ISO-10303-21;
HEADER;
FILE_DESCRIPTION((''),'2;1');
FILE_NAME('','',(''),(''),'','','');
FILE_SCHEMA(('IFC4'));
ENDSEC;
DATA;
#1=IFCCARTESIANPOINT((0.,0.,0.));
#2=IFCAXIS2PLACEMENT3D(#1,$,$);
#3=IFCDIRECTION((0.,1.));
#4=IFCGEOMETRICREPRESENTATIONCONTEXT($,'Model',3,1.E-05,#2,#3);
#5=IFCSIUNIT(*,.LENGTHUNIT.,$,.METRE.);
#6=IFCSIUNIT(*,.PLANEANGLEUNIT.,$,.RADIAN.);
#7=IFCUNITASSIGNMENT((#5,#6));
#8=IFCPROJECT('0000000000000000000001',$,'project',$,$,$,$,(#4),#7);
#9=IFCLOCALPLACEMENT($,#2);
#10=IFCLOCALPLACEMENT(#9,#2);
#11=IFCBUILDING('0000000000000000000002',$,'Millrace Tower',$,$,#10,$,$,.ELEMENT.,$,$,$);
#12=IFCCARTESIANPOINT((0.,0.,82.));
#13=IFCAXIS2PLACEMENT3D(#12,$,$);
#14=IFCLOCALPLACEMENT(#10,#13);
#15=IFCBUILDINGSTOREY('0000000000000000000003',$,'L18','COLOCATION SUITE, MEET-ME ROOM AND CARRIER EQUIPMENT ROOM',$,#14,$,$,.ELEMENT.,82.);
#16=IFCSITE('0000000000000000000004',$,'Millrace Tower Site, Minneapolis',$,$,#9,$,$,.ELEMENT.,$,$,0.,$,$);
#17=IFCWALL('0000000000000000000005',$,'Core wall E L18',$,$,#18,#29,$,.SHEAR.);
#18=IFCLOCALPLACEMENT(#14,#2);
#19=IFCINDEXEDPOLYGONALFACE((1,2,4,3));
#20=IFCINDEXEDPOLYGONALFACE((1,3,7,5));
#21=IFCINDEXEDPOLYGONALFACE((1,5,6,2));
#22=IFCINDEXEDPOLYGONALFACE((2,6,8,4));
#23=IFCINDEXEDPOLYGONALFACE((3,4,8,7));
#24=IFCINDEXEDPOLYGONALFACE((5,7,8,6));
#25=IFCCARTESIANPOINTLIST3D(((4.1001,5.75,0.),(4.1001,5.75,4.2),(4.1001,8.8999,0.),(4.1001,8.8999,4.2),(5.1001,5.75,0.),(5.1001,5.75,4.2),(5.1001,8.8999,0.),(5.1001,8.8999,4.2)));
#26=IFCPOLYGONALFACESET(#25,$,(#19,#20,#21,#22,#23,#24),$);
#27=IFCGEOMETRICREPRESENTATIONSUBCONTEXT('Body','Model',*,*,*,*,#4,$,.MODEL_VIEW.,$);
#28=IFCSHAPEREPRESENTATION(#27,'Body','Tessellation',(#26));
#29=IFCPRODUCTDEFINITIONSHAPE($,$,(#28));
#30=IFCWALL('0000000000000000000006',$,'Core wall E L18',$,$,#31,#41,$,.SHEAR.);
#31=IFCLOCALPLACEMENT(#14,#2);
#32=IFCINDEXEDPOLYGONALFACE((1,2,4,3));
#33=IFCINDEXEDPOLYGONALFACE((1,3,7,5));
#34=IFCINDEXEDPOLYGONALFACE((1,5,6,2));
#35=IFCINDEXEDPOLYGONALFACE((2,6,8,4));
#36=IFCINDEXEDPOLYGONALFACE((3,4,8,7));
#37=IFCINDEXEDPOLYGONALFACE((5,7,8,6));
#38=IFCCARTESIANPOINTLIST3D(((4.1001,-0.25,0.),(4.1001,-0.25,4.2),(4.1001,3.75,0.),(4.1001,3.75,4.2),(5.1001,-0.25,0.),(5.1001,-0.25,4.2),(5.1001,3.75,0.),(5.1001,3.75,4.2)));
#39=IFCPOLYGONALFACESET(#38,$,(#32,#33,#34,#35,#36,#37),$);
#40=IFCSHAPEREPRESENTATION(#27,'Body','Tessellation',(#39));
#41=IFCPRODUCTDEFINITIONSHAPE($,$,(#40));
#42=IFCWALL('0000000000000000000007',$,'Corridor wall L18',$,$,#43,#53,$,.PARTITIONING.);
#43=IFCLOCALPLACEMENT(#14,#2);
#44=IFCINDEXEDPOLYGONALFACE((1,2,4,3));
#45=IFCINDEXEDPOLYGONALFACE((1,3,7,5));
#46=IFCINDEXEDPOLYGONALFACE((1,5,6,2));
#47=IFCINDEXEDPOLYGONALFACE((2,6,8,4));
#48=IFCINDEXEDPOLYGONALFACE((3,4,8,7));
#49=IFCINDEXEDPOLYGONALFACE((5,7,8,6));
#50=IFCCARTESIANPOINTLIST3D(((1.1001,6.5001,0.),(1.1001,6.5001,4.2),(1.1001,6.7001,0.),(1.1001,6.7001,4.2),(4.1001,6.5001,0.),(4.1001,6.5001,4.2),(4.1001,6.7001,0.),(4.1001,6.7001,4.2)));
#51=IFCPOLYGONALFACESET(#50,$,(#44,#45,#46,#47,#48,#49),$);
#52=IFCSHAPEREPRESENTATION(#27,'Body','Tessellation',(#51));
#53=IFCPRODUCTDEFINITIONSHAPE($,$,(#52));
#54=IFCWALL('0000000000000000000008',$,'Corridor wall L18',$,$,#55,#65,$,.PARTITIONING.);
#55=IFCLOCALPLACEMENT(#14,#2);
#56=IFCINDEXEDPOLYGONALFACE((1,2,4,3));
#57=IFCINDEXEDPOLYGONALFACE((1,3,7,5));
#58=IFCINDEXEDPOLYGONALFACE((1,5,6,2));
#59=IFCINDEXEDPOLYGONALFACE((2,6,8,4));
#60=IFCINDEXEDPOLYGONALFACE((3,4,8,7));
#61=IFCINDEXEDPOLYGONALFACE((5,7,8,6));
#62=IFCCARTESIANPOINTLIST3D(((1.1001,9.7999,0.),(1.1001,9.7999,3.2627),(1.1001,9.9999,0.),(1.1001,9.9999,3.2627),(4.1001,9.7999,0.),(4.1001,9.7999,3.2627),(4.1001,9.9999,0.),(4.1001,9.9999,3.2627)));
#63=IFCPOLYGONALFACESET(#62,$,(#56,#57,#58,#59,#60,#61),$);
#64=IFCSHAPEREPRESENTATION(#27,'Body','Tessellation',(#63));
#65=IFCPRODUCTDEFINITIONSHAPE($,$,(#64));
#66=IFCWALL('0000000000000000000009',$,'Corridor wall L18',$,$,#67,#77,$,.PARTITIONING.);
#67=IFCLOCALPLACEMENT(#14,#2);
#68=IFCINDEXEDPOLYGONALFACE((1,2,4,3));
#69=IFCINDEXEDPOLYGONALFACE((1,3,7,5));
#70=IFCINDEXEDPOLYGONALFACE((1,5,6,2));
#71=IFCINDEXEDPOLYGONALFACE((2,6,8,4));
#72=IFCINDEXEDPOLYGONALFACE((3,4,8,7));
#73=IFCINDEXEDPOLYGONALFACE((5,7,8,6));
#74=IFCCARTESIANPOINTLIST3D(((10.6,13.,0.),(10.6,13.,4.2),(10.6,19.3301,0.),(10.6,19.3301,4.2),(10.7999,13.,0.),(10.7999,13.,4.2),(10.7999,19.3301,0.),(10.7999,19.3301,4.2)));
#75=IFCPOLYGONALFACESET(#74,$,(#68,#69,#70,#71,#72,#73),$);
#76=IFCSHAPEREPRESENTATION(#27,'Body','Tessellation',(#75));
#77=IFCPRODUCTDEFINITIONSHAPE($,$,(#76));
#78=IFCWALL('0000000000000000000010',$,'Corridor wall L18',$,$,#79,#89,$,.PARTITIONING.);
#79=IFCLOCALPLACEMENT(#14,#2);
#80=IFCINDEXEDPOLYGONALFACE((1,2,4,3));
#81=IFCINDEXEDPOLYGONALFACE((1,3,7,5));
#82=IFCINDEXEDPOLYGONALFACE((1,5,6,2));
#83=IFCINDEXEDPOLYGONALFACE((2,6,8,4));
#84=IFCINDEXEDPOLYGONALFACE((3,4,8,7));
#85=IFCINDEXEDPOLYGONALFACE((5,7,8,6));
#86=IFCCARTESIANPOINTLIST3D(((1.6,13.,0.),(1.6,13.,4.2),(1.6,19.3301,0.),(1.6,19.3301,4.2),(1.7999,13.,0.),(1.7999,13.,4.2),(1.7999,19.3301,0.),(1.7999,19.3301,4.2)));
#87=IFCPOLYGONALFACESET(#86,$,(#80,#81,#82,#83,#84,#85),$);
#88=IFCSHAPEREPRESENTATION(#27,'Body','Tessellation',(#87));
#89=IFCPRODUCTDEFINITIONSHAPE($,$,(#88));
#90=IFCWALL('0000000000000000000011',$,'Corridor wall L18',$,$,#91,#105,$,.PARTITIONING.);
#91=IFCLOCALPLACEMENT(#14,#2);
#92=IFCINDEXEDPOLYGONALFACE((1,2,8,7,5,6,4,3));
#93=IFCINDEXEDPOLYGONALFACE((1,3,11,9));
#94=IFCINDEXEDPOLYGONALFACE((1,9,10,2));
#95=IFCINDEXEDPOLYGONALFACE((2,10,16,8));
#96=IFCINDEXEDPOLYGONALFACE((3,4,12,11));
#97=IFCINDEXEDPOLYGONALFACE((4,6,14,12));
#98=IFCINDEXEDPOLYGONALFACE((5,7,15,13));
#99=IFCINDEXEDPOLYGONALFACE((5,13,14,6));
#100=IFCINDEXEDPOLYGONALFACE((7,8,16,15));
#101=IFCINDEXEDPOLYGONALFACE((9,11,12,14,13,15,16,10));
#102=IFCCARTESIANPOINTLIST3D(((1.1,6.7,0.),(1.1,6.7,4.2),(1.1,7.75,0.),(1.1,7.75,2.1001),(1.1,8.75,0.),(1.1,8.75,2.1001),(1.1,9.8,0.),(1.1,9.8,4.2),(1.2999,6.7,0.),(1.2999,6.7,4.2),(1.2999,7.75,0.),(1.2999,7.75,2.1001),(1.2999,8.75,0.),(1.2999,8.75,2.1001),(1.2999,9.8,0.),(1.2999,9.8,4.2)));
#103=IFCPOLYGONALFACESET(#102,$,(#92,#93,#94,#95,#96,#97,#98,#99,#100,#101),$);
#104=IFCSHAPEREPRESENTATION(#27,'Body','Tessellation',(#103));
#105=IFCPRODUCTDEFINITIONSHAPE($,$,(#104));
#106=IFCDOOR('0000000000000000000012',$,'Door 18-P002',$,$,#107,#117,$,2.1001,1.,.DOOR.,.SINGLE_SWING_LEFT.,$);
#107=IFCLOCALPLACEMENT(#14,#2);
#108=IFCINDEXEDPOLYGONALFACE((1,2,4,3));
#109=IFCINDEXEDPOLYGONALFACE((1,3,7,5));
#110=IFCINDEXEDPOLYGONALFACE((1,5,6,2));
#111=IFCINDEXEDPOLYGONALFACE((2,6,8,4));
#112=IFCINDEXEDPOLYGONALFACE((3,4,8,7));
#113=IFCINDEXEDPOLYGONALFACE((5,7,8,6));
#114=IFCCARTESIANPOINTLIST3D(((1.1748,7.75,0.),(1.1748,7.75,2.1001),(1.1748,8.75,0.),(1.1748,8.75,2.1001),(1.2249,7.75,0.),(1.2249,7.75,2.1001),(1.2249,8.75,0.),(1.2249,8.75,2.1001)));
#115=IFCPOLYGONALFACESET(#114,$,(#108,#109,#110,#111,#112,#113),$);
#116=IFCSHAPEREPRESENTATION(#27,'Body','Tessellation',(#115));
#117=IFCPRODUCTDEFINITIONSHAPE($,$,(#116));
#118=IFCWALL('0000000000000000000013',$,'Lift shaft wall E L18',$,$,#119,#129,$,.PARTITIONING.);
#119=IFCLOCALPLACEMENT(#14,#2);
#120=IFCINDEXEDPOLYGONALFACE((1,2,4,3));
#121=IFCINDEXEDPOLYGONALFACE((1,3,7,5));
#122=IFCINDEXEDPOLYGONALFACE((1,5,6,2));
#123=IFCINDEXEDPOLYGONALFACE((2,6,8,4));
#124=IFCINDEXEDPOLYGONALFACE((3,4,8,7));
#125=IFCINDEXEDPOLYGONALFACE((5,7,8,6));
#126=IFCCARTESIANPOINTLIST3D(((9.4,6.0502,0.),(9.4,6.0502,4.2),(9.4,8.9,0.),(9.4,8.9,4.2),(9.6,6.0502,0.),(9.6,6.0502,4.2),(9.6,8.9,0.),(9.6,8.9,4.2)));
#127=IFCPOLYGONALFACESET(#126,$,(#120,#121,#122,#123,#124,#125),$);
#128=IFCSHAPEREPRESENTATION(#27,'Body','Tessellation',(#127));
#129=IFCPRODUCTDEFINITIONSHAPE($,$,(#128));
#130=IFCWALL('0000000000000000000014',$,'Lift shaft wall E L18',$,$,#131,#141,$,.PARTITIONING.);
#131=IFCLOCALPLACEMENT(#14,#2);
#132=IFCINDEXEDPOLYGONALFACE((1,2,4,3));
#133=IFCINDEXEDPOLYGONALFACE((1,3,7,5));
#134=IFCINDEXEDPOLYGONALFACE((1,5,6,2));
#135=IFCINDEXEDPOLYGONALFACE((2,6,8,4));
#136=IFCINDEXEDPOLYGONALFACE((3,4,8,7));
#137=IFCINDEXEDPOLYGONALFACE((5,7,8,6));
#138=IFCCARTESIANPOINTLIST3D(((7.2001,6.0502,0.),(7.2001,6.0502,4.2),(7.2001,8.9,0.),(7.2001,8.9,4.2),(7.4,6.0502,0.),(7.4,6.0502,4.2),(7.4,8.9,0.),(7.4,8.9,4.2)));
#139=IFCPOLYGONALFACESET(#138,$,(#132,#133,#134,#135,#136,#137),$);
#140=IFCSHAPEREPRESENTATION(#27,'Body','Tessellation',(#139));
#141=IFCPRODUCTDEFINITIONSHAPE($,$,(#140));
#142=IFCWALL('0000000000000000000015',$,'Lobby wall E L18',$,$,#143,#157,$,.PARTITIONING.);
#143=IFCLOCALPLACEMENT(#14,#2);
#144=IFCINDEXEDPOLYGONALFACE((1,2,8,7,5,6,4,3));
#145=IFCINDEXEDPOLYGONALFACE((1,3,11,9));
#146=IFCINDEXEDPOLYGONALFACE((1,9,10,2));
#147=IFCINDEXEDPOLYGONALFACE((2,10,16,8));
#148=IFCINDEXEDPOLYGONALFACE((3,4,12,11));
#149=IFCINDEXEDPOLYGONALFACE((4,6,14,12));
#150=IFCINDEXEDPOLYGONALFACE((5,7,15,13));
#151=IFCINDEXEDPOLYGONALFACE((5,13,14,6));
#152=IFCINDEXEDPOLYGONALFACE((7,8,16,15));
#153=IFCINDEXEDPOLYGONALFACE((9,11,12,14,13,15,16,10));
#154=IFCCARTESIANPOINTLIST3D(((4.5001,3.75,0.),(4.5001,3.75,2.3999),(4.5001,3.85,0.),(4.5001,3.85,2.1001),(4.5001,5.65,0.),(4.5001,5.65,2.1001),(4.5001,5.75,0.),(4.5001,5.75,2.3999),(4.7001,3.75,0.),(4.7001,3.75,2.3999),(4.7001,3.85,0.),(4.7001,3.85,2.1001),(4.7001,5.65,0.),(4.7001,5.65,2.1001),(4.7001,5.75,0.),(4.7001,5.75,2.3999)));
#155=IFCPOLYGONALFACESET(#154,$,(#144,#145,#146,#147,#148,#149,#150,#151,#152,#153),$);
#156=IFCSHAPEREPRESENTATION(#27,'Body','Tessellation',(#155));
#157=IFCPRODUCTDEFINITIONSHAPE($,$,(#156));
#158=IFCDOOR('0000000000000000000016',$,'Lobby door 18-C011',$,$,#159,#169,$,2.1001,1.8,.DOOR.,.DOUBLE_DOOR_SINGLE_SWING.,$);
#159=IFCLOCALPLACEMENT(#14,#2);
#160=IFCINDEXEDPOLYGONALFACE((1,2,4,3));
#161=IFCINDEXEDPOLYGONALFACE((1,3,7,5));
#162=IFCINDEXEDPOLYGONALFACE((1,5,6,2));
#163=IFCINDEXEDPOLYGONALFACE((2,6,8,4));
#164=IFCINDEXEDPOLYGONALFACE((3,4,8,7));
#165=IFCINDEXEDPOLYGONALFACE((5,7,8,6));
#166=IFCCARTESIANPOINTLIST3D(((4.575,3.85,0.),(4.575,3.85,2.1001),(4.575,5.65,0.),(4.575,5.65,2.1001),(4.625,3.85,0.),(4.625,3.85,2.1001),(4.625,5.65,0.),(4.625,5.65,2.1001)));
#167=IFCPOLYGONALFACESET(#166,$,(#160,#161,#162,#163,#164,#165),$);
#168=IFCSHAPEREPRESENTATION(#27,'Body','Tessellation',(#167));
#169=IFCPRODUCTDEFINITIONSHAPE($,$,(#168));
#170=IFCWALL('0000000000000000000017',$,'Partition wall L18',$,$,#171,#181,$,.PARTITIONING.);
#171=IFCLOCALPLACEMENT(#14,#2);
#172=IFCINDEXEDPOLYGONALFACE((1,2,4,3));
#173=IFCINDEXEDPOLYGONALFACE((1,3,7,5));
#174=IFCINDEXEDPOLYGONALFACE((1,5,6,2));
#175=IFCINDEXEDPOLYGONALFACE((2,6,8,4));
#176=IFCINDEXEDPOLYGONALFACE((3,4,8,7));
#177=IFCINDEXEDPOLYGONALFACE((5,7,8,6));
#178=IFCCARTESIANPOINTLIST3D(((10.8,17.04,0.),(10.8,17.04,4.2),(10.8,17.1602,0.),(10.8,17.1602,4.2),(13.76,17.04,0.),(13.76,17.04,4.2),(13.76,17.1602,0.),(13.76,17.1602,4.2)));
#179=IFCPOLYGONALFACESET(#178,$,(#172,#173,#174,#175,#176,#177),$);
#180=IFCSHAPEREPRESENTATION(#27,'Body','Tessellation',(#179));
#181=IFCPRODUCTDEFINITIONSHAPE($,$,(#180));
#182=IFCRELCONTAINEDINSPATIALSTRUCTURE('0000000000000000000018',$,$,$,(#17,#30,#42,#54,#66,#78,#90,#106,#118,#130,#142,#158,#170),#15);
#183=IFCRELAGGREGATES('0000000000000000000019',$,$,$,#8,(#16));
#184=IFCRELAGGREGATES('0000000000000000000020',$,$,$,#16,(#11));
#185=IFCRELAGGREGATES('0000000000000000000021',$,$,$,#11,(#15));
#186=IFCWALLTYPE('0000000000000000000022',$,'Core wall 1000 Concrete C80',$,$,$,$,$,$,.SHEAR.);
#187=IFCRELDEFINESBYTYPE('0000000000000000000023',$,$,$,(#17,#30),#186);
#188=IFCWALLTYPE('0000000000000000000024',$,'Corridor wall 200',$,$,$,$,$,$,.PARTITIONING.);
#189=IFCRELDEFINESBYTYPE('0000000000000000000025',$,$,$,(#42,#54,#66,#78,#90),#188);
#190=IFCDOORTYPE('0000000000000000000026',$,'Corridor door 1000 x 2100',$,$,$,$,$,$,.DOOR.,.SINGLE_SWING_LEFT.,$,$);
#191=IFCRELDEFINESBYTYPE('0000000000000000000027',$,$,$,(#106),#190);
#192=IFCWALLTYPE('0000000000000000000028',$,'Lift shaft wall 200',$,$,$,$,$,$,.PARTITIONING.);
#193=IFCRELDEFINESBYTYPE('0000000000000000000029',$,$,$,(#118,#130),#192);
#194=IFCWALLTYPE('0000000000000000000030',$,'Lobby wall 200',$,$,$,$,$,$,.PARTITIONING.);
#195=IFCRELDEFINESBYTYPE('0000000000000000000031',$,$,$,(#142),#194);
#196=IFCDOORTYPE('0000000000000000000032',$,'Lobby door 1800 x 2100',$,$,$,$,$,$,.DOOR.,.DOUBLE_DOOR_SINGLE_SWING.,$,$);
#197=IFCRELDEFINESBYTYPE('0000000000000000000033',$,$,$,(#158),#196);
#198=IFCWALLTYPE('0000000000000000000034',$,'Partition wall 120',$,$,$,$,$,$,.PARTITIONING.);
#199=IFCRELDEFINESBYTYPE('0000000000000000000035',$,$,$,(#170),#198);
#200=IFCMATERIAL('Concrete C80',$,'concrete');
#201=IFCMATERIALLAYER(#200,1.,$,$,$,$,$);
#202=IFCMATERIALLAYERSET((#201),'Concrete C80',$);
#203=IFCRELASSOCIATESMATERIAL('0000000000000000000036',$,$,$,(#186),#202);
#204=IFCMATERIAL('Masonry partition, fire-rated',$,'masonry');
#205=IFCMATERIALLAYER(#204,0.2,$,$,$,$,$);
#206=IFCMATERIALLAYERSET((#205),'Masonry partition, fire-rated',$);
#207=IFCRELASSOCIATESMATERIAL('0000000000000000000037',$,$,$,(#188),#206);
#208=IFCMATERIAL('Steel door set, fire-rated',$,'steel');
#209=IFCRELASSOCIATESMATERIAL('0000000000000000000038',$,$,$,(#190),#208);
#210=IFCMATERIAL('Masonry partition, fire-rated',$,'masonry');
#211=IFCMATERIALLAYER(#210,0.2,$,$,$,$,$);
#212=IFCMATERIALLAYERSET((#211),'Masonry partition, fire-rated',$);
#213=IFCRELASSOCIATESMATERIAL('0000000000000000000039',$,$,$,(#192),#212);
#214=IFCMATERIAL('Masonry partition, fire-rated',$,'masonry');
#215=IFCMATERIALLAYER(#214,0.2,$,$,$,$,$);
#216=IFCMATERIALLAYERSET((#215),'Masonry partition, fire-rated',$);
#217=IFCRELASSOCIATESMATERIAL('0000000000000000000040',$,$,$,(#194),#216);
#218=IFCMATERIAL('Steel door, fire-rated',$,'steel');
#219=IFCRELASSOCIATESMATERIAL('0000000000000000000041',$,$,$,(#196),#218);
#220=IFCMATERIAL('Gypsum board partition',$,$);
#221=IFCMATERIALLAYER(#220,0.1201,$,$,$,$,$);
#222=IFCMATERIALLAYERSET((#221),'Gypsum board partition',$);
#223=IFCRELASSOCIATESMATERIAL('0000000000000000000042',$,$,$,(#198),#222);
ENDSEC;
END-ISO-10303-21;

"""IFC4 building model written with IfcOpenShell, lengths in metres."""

from ifc_helpers import new_model, si_unit, direction, frame, frame_2d, origin, place, context, subcontext, project, spatial, rectangle, extrude, material, layer, layer_set, type_object, element, fill, save


model = new_model("IFC4")

# Units and contexts
model_context = context("Model", 3, precision=1e-05, world=origin(), true_north=direction((0.0, 1.0)))
body_context = subcontext(model_context, "Body", "Model", "MODEL_VIEW")
ifc_project = project(units=[si_unit("LENGTHUNIT", "METRE"), si_unit("PLANEANGLEUNIT", "RADIAN")], contexts=[model_context])

# Site, building, storey
site_placement = place(None, origin())
site = spatial("IfcSite", under=ifc_project, at=site_placement, Name="Millrace Tower Site, Minneapolis", CompositionType="ELEMENT", RefElevation=0.0)
building_placement = place(site_placement, origin())
building = spatial("IfcBuilding", under=site, at=building_placement, Name="Millrace Tower", CompositionType="ELEMENT")
storey_placement = place(building_placement, frame((0.0, 0.0, 82.0)))
storey = spatial("IfcBuildingStorey", under=building, at=storey_placement, Name="L18", Description="COLOCATION SUITE, MEET-ME ROOM AND CARRIER EQUIPMENT ROOM", CompositionType="ELEMENT", Elevation=82.0)

# Walls
ifc_material_1 = material(Name="Concrete C80", Category="concrete")
ifc_layer_1 = layer(ifc_material_1, 1.0)
ifc_layer_set_1 = layer_set([ifc_layer_1], Name="Concrete C80")
wall_type_1 = type_object("IfcWallType", Name="Core wall 1000 Concrete C80", PredefinedType="SHEAR", material=ifc_layer_set_1)
wall_1_placement = place(storey_placement, frame((4.6001, 8.8999, 0.0), z_axis=(0.0, 0.0, 1.0), x_axis=(0.0, -1.0, 0.0)))
element("IfcWall", 1, at=wall_1_placement, inside=storey, type_object=wall_type_1, Name="Core wall E L18", PredefinedType="SHEAR", context=body_context, shape_type="SweptSolid", body=[
    extrude(rectangle(XDim=3.1499, YDim=1.0, at=frame_2d((1.575, 0.0))), origin(), (0.0, 0.0, 1.0), 4.2),
])
wall_2_placement = place(storey_placement, frame((4.6001, 3.75, 0.0), z_axis=(0.0, 0.0, 1.0), x_axis=(0.0, -1.0, 0.0)))
element("IfcWall", 2, at=wall_2_placement, inside=storey, type_object=wall_type_1, Name="Core wall E L18", PredefinedType="SHEAR", context=body_context, shape_type="SweptSolid", body=[
    extrude(rectangle(XDim=4.0, YDim=1.0, at=frame_2d((2.0, 0.0))), origin(), (0.0, 0.0, 1.0), 4.2),
])
ifc_material_2 = material(Name="Masonry partition, fire-rated", Category="masonry")
ifc_layer_2 = layer(ifc_material_2, 0.2)
ifc_layer_set_2 = layer_set([ifc_layer_2], Name="Masonry partition, fire-rated")
wall_type_2 = type_object("IfcWallType", Name="Corridor wall 200", PredefinedType="PARTITIONING", material=ifc_layer_set_2)
wall_3_placement = place(storey_placement, frame((1.1001, 6.6001, 0.0), z_axis=(0.0, 0.0, 1.0), x_axis=(1.0, 0.0, 0.0)))
element("IfcWall", 3, at=wall_3_placement, inside=storey, type_object=wall_type_2, Name="Corridor wall L18", PredefinedType="PARTITIONING", context=body_context, shape_type="SweptSolid", body=[
    extrude(rectangle(XDim=3.0, YDim=0.2, at=frame_2d((1.5, 0.0))), origin(), (0.0, 0.0, 1.0), 4.2),
])
wall_4_placement = place(storey_placement, frame((1.1001, 9.8999, 0.0), z_axis=(0.0, 0.0, 1.0), x_axis=(1.0, 0.0, 0.0)))
element("IfcWall", 4, at=wall_4_placement, inside=storey, type_object=wall_type_2, Name="Corridor wall L18", PredefinedType="PARTITIONING", context=body_context, shape_type="SweptSolid", body=[
    extrude(rectangle(XDim=3.0, YDim=0.2, at=frame_2d((1.5, 0.0))), origin(), (0.0, 0.0, 1.0), 3.2627),
])
for number, where, z_axis, x_axis, name in (
    (5, (10.7, 13.0, 0.0), (0.0, 0.0, 1.0), (0.0, 1.0, 0.0), "Corridor wall L18"),
    (6, (1.7, 13.0, 0.0), (0.0, 0.0, 1.0), (0.0, 1.0, 0.0), "Corridor wall L18"),
):
    element("IfcWall", number, at=place(storey_placement, frame(where, z_axis=z_axis, x_axis=x_axis)), inside=storey, type_object=wall_type_2, Name=name, PredefinedType="PARTITIONING", context=body_context, shape_type="SweptSolid", body=[
        extrude(rectangle(XDim=6.3301, YDim=0.2, at=frame_2d((3.165, 0.0))), origin(), (0.0, 0.0, 1.0), 4.2),
    ])

# Wall, opening, door
wall_5_placement = place(storey_placement, frame((1.2, 6.7, 0.0), z_axis=(0.0, 0.0, 1.0), x_axis=(0.0, 1.0, 0.0)))
wall_5 = element("IfcWall", 7, at=wall_5_placement, inside=storey, type_object=wall_type_2, Name="Corridor wall L18", PredefinedType="PARTITIONING", context=body_context, shape_type="SweptSolid", body=[
    extrude(rectangle(XDim=3.1001, YDim=0.2, at=frame_2d((1.55, 0.0))), origin(), (0.0, 0.0, 1.0), 4.2),
])
opening_1_placement = place(wall_5_placement, frame((1.05, 0.0, 0.0)))
opening_1 = element("IfcOpeningElement", 8, at=opening_1_placement, cuts=wall_5, PredefinedType="OPENING", context=body_context, shape_type="SweptSolid", body=[
    extrude(rectangle(XDim=1.0, YDim=2.1001, at=frame_2d((0.5, 1.05))), frame((0.0, 0.1099, 0.0), z_axis=(0.0, -1.0, 0.0), x_axis=(1.0, 0.0, 0.0)), (0.0, 0.0, 1.0), 0.22),
])
ifc_material_3 = material(Name="Steel door set, fire-rated", Category="steel")
door_type_1 = type_object("IfcDoorType", Name="Corridor door 1000 x 2100", OperationType="SINGLE_SWING_LEFT", PredefinedType="DOOR", material=ifc_material_3)
door_1_placement = place(opening_1_placement, frame((1.0, 0.0, 0.0), z_axis=(0.0, 0.0, 1.0), x_axis=(-1.0, 0.0, 0.0)))
door_1 = element("IfcDoor", 9, at=door_1_placement, inside=storey, type_object=door_type_1, Name="Door 18-P002", OperationType="SINGLE_SWING_LEFT", OverallHeight=2.1001, OverallWidth=1.0, PredefinedType="DOOR", context=body_context, shape_type="SweptSolid", body=[
    extrude(rectangle(XDim=1.0, YDim=2.1001, at=frame_2d((0.5, 1.05))), frame((0.0, 0.0249, 0.0), z_axis=(0.0, -1.0, 0.0), x_axis=(1.0, 0.0, 0.0)), (0.0, 0.0, 1.0), 0.05),
])
fill(opening_1, door_1)

# Walls
ifc_material_4 = material(Name="Masonry partition, fire-rated", Category="masonry")
ifc_layer_3 = layer(ifc_material_4, 0.2)
ifc_layer_set_3 = layer_set([ifc_layer_3], Name="Masonry partition, fire-rated")
wall_type_3 = type_object("IfcWallType", Name="Lift shaft wall 200", PredefinedType="PARTITIONING", material=ifc_layer_set_3)
for number, where, z_axis, x_axis, name in (
    (10, (9.5, 8.8999, 0.0), (0.0, 0.0, 1.0), (0.0, -1.0, 0.0), "Lift shaft wall E L18"),
    (11, (7.3, 8.8999, 0.0), (0.0, 0.0, 1.0), (0.0, -1.0, 0.0), "Lift shaft wall E L18"),
):
    element("IfcWall", number, at=place(storey_placement, frame(where, z_axis=z_axis, x_axis=x_axis)), inside=storey, type_object=wall_type_3, Name=name, PredefinedType="PARTITIONING", context=body_context, shape_type="SweptSolid", body=[
        extrude(rectangle(XDim=2.8499, YDim=0.2, at=frame_2d((1.4248, 0.0))), origin(), (0.0, 0.0, 1.0), 4.2),
    ])

# Wall, opening, door
ifc_material_5 = material(Name="Masonry partition, fire-rated", Category="masonry")
ifc_layer_4 = layer(ifc_material_5, 0.2)
ifc_layer_set_4 = layer_set([ifc_layer_4], Name="Masonry partition, fire-rated")
wall_type_4 = type_object("IfcWallType", Name="Lobby wall 200", PredefinedType="PARTITIONING", material=ifc_layer_set_4)
wall_6_placement = place(storey_placement, frame((4.6001, 5.75, 0.0), z_axis=(0.0, 0.0, 1.0), x_axis=(0.0, -1.0, 0.0)))
wall_6 = element("IfcWall", 12, at=wall_6_placement, inside=storey, type_object=wall_type_4, Name="Lobby wall E L18", PredefinedType="PARTITIONING", context=body_context, shape_type="SweptSolid", body=[
    extrude(rectangle(XDim=2.0, YDim=0.2, at=frame_2d((1.0, 0.0))), origin(), (0.0, 0.0, 1.0), 2.3999),
])
opening_2_placement = place(wall_6_placement, frame((0.1001, 0.0, 0.0)))
opening_2 = element("IfcOpeningElement", 13, at=opening_2_placement, cuts=wall_6, PredefinedType="OPENING", context=body_context, shape_type="SweptSolid", body=[
    extrude(rectangle(XDim=1.8, YDim=2.1001, at=frame_2d((0.8999, 1.05))), frame((0.0, 0.1099, 0.0), z_axis=(0.0, -1.0, 0.0), x_axis=(1.0, 0.0, 0.0)), (0.0, 0.0, 1.0), 0.22),
])
ifc_material_6 = material(Name="Steel door, fire-rated", Category="steel")
door_type_2 = type_object("IfcDoorType", Name="Lobby door 1800 x 2100", OperationType="DOUBLE_DOOR_SINGLE_SWING", PredefinedType="DOOR", material=ifc_material_6)
door_2_placement = place(opening_2_placement, origin())
door_2 = element("IfcDoor", 14, at=door_2_placement, inside=storey, type_object=door_type_2, Name="Lobby door 18-C011", OperationType="DOUBLE_DOOR_SINGLE_SWING", OverallHeight=2.1001, OverallWidth=1.8, PredefinedType="DOOR", context=body_context, shape_type="SweptSolid", body=[
    extrude(rectangle(XDim=1.8, YDim=2.1001, at=frame_2d((0.8999, 1.05))), frame((0.0, 0.0249, 0.0), z_axis=(0.0, -1.0, 0.0), x_axis=(1.0, 0.0, 0.0)), (0.0, 0.0, 1.0), 0.05),
])
fill(opening_2, door_2)

# Wall
ifc_material_7 = material(Name="Gypsum board partition")
ifc_layer_5 = layer(ifc_material_7, 0.1201)
ifc_layer_set_5 = layer_set([ifc_layer_5], Name="Gypsum board partition")
wall_type_5 = type_object("IfcWallType", Name="Partition wall 120", PredefinedType="PARTITIONING", material=ifc_layer_set_5)
wall_7_placement = place(storey_placement, frame((10.8, 17.1001, 0.0), z_axis=(0.0, 0.0, 1.0), x_axis=(1.0, 0.0, 0.0)))
element("IfcWall", 15, at=wall_7_placement, inside=storey, type_object=wall_type_5, Name="Partition wall L18", PredefinedType="PARTITIONING", context=body_context, shape_type="SweptSolid", body=[
    extrude(rectangle(XDim=2.96, YDim=0.1201, at=frame_2d((1.48, 0.0))), origin(), (0.0, 0.0, 1.0), 4.2),
])

save(model, "model.ifc")
